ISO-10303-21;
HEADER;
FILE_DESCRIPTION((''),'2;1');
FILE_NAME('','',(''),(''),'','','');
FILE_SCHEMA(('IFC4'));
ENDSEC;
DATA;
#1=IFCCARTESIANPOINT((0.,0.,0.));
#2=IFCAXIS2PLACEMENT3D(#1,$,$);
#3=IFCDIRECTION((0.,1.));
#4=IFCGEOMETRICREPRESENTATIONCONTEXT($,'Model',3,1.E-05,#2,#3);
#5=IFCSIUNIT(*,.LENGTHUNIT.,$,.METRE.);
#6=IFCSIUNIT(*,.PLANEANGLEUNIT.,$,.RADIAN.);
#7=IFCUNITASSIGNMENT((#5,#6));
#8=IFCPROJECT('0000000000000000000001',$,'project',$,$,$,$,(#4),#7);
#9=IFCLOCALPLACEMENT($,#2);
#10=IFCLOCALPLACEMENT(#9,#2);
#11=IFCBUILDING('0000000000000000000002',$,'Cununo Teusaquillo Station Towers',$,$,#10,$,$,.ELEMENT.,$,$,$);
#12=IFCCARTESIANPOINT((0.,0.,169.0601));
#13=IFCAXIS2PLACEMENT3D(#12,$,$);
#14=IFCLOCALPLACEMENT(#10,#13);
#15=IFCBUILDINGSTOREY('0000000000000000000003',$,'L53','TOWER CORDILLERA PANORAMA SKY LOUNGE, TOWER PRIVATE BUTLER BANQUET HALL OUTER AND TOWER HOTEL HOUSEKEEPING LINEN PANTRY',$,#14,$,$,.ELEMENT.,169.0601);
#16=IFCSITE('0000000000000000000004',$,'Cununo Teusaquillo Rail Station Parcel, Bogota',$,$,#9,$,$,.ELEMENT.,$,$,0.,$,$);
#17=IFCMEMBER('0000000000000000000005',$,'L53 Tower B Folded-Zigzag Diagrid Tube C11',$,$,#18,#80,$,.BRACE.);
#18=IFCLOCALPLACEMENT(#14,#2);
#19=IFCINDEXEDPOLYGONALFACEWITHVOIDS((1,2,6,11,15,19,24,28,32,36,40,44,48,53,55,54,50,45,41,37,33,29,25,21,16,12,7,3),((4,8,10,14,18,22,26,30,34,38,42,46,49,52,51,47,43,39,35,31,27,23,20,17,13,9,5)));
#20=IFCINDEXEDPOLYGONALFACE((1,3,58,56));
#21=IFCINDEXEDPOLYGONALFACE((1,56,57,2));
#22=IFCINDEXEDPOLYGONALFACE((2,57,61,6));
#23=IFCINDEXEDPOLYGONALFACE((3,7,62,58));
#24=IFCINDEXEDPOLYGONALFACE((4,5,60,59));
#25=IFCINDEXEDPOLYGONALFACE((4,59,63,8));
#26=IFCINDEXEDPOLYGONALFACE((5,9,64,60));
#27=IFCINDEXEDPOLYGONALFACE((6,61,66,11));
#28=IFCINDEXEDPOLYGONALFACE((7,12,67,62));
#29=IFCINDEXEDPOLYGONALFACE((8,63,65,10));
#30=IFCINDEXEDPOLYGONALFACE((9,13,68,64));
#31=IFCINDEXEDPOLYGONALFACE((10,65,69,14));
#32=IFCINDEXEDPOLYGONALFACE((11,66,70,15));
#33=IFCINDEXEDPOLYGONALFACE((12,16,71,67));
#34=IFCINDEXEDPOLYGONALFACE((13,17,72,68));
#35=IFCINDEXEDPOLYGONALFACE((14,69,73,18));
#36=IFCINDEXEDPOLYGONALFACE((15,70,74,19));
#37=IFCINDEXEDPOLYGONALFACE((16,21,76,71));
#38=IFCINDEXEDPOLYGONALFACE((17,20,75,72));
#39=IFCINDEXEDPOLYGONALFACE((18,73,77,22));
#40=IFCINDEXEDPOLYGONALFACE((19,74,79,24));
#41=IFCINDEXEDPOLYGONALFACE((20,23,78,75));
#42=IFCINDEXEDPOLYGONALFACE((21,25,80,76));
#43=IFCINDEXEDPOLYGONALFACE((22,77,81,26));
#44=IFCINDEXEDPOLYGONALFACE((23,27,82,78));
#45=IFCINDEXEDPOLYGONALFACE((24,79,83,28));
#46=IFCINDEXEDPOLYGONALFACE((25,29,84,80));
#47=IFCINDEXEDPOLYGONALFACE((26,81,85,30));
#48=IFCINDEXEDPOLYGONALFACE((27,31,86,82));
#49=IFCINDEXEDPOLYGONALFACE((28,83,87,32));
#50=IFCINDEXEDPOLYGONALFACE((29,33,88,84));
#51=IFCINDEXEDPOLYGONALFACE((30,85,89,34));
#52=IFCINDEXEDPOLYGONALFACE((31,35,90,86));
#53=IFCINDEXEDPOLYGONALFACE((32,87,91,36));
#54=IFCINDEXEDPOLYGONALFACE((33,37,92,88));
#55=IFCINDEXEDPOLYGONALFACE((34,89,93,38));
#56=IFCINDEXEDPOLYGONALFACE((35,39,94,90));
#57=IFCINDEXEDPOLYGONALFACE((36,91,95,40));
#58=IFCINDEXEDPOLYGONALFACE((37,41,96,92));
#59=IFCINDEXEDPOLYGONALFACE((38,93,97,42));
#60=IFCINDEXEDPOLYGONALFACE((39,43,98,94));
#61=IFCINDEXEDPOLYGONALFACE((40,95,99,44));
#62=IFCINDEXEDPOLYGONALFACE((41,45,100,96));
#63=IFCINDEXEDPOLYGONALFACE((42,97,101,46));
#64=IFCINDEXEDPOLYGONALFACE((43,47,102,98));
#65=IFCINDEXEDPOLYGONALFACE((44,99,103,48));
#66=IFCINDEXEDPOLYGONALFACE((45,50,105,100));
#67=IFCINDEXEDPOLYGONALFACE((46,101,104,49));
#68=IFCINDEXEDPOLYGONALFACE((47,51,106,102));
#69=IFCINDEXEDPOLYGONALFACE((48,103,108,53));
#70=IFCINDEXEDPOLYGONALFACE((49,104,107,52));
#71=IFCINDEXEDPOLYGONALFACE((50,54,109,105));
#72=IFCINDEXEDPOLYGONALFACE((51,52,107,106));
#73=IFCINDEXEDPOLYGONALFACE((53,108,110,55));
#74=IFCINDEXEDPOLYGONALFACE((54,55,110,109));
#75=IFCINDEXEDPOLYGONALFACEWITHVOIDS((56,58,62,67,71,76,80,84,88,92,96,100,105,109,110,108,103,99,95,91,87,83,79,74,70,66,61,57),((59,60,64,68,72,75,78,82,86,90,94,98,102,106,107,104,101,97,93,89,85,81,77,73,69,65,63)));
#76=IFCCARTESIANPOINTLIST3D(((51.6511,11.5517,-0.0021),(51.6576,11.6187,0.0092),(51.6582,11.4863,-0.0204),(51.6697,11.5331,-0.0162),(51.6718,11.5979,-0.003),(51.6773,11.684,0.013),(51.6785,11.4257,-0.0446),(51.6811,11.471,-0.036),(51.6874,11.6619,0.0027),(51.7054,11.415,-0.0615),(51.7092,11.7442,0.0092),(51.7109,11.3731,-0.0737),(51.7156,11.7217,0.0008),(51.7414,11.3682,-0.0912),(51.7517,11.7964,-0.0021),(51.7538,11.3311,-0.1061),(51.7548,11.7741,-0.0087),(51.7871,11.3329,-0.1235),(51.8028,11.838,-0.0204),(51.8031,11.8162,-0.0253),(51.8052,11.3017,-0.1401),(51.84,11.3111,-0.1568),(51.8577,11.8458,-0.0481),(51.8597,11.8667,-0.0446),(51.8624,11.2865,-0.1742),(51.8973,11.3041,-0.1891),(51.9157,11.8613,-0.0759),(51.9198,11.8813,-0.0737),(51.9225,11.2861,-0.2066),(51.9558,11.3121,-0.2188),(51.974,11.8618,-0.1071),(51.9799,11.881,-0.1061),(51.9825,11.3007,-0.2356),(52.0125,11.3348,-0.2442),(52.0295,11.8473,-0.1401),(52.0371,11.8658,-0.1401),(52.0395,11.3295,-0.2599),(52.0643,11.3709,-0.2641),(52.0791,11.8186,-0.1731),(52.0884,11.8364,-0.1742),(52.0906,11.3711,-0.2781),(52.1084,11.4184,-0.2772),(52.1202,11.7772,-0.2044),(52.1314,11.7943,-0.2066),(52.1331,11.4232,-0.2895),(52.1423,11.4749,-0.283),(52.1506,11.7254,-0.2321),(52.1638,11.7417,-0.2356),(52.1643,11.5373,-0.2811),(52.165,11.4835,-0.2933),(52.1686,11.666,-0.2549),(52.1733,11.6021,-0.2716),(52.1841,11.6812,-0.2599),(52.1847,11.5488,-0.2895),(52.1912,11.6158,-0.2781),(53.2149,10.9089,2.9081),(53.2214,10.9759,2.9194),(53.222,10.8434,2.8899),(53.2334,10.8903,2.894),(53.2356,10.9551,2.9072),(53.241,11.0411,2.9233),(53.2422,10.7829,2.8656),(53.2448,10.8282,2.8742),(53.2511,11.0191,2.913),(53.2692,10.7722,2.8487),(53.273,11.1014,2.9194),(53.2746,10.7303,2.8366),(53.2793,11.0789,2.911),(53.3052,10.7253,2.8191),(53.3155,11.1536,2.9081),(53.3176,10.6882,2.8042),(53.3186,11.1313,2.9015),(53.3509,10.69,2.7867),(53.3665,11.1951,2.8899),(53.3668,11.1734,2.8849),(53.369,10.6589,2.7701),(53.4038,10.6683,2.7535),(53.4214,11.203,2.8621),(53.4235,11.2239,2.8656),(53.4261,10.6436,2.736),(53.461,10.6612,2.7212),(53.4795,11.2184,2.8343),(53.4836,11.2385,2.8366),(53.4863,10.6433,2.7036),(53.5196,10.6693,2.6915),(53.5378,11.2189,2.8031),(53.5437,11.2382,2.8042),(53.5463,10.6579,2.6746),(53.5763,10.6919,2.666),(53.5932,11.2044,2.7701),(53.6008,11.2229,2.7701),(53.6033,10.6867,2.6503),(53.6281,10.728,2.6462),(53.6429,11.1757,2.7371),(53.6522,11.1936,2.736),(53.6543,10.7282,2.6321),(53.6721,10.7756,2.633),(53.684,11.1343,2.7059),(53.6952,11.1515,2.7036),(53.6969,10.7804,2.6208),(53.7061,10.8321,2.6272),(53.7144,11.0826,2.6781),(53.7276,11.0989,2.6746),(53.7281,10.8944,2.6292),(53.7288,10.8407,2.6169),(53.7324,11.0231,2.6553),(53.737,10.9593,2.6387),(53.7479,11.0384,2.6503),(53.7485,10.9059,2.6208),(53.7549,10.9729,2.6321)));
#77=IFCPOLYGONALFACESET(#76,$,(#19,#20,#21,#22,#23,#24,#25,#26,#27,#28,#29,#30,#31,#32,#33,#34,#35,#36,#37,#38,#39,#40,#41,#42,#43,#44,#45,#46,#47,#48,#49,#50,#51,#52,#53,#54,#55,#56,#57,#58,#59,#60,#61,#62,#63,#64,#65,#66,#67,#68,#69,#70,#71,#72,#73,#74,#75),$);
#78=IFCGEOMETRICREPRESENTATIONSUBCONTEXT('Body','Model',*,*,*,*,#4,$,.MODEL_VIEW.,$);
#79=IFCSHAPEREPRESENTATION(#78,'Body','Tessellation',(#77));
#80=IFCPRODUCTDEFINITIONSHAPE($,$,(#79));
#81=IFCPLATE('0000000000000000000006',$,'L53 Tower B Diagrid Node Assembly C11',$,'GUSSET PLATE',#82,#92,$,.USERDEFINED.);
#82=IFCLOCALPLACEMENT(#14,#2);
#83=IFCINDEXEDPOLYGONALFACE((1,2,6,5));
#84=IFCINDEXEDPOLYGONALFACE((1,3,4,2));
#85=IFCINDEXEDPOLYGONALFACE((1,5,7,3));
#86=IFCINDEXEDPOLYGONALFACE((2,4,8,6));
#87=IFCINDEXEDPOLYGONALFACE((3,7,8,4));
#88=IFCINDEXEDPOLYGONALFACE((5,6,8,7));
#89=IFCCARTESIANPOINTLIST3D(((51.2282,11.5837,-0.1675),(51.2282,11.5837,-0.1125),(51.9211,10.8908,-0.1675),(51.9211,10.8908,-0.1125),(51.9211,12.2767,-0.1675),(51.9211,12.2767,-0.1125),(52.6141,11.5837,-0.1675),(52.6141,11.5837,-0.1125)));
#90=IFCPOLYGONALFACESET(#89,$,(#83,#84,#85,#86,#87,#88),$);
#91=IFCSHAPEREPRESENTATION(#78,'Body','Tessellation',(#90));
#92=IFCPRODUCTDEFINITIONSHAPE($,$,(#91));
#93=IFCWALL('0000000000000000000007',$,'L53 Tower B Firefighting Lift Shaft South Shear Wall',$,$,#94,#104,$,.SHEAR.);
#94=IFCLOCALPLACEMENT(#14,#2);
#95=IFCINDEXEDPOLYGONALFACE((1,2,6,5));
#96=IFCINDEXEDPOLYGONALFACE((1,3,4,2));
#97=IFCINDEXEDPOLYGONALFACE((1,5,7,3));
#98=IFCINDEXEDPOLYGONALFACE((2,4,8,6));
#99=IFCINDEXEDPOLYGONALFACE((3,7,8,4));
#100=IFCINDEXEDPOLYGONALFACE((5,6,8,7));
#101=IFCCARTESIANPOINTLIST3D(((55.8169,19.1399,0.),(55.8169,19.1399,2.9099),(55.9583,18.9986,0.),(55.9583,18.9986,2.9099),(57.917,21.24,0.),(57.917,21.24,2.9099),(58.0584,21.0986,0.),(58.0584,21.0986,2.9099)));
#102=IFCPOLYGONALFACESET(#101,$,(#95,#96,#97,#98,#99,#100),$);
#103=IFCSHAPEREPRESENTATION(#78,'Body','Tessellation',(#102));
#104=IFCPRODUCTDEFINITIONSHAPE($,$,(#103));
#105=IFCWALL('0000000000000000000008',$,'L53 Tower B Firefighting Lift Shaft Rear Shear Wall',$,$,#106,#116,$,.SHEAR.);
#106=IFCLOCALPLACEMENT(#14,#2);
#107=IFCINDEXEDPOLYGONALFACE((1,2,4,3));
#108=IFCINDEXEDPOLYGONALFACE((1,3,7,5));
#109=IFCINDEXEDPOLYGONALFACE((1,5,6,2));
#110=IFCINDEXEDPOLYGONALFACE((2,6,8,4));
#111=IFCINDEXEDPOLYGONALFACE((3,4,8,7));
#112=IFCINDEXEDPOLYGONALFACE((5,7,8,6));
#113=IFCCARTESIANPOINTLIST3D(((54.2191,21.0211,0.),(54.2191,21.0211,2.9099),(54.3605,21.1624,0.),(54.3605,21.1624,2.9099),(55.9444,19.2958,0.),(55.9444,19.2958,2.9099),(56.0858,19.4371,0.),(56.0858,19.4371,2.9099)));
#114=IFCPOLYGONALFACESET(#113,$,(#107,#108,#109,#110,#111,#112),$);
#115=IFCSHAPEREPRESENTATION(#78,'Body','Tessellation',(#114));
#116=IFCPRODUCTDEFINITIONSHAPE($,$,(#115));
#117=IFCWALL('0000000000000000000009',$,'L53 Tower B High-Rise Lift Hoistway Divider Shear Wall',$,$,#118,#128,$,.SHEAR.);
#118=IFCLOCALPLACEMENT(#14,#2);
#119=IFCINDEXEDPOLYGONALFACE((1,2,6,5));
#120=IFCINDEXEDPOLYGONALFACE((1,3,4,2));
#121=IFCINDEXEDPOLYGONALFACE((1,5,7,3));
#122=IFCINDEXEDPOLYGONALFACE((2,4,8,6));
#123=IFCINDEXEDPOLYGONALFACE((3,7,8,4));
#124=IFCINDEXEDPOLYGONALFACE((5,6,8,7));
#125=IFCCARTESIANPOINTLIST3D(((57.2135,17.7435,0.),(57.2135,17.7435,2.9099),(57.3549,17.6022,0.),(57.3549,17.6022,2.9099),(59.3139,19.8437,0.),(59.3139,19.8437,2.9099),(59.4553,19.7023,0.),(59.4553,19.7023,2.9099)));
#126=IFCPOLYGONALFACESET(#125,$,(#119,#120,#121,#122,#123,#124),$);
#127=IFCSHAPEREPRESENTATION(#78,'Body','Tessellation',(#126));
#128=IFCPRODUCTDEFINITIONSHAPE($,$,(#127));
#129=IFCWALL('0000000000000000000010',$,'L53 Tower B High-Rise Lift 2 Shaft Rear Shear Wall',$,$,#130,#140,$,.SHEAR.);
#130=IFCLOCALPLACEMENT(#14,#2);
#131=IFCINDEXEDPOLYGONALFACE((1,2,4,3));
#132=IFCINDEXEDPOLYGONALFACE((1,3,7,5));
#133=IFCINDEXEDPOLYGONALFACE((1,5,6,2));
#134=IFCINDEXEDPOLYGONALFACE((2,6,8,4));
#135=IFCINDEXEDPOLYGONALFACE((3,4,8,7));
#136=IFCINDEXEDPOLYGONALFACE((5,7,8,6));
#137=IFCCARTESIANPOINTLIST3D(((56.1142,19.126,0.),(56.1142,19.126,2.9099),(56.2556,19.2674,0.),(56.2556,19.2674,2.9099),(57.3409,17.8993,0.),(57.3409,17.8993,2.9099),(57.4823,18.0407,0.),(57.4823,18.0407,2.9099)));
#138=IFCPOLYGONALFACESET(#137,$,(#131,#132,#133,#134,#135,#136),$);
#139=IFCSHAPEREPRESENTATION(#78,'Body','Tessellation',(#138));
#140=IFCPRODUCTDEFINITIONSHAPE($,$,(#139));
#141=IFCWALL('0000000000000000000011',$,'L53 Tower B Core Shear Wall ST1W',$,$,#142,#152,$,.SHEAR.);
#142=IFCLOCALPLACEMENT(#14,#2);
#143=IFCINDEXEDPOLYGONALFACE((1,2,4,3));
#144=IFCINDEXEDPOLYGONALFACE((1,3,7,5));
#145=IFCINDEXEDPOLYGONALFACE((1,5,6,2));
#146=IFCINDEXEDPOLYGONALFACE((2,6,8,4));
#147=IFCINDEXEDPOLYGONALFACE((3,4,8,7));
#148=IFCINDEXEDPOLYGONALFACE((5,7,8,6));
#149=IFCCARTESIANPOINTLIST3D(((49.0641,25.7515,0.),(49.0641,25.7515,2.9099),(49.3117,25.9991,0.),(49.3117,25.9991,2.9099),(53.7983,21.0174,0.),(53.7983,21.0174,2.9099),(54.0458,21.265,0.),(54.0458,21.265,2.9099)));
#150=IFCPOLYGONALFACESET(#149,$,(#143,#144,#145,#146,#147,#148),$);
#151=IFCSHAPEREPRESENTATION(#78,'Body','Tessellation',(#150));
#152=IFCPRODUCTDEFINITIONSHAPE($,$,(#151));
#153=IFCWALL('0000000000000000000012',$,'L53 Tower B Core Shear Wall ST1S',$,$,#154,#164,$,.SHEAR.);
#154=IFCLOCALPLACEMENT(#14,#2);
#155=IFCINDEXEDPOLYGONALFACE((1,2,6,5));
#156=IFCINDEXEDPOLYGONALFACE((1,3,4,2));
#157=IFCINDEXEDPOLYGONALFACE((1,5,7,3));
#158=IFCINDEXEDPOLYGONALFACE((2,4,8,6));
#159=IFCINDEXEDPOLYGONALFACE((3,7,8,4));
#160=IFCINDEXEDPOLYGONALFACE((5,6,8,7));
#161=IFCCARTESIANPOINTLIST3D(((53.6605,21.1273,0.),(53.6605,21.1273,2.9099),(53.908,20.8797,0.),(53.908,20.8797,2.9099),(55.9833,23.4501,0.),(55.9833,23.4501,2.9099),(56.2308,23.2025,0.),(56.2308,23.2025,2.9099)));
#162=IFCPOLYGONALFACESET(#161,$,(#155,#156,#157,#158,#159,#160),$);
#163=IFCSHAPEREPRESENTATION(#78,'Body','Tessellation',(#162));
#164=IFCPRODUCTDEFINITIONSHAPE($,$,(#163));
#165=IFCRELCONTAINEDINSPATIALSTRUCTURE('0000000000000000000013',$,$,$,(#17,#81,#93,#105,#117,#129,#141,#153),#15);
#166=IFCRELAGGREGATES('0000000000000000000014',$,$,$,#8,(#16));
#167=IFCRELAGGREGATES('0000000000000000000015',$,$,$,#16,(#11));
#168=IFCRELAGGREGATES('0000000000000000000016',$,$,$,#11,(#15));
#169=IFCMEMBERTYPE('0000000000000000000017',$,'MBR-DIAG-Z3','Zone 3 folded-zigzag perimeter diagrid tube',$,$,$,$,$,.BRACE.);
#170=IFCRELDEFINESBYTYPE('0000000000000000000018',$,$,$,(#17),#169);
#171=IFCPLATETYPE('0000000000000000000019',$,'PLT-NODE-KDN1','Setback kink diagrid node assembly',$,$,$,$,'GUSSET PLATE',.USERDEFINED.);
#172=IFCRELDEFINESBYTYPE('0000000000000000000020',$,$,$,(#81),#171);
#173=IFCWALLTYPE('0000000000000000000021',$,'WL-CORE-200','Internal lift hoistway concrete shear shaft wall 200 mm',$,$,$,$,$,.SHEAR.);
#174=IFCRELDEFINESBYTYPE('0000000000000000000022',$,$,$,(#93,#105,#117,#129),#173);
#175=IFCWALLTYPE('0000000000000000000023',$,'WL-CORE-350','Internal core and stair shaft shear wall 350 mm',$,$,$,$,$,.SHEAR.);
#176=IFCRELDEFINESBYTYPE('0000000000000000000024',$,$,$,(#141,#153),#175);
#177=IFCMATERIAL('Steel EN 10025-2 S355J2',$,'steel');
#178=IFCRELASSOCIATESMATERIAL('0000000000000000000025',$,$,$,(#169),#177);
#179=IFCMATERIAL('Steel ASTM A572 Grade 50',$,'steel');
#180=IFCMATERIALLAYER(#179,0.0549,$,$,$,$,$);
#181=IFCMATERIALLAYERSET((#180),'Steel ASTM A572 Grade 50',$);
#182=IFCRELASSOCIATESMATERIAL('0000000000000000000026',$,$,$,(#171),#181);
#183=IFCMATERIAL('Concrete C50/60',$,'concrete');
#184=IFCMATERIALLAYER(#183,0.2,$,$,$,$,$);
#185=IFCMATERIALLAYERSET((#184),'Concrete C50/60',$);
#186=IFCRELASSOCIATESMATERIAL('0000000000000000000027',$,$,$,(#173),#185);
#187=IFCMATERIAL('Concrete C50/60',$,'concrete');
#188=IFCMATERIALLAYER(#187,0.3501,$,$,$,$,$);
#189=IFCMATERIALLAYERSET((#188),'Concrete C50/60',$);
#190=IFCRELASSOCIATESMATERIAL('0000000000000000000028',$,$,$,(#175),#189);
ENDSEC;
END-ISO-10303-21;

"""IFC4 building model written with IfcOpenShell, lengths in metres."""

from ifc_helpers import new_model, si_unit, direction, frame, frame_2d, origin, origin_2d, place, context, subcontext, project, spatial, rectangle, hollow_circle, extrude, source, transform, mapped, material, layer, layer_set, material_profile, profile_set, type_object, element, save


model = new_model("IFC4")

# Units and contexts
model_context = context("Model", 3, precision=1e-05, world=origin(), true_north=direction((0.0, 1.0)))
body_context = subcontext(model_context, "Body", "Model", "MODEL_VIEW")
ifc_project = project(units=[si_unit("LENGTHUNIT", "METRE"), si_unit("PLANEANGLEUNIT", "RADIAN")], contexts=[model_context])

# Site, building, storey
site_placement = place(None, origin())
site = spatial("IfcSite", under=ifc_project, at=site_placement, Name="Cununo Teusaquillo Rail Station Parcel, Bogota", CompositionType="ELEMENT", RefElevation=0.0)
building_placement = place(site_placement, origin())
building = spatial("IfcBuilding", under=site, at=building_placement, Name="Cununo Teusaquillo Station Towers", CompositionType="ELEMENT")
storey_placement = place(building_placement, frame((0.0, 0.0, 169.0601)))
storey = spatial("IfcBuildingStorey", under=building, at=storey_placement, Name="L53", Description="TOWER CORDILLERA PANORAMA SKY LOUNGE, TOWER PRIVATE BUTLER BANQUET HALL OUTER AND TOWER HOTEL HOUSEKEEPING LINEN PANTRY", CompositionType="ELEMENT", Elevation=169.0601)

# Member
ifc_material_1 = material(Name="Steel EN 10025-2 S355J2", Category="steel")
ifc_material_profile_1 = material_profile(ifc_material_1, hollow_circle(Radius=0.3049, WallThickness=0.02, at=origin_2d()), Name="CHS 610x20")
ifc_profile_set_1 = profile_set([ifc_material_profile_1], Name="Steel EN 10025-2 S355J2")
member_type = type_object("IfcMemberType", Name="MBR-DIAG-Z3", Description="Zone 3 folded-zigzag perimeter diagrid tube", PredefinedType="BRACE", material=ifc_profile_set_1)
member_placement = place(storey_placement, frame((51.9211, 11.5837, -0.1401), z_axis=(0.464615, -0.190996, 0.86467), x_axis=(0.380212, 0.924899, 0.0)))
element("IfcMember", 1, at=member_placement, inside=storey, type_object=member_type, Name="L53 Tower B Folded-Zigzag Diagrid Tube C11", PredefinedType="BRACE", context=body_context, shape_type="SweptSolid", body=[
    extrude(hollow_circle(Radius=0.3049, WallThickness=0.02, at=origin_2d()), origin(), (0.0, 0.0, 1.0), 3.3657),
])

# Plate
ifc_material_2 = material(Name="Steel ASTM A572 Grade 50", Category="steel")
ifc_layer_1 = layer(ifc_material_2, 0.0549)
ifc_layer_set_1 = layer_set([ifc_layer_1], Name="Steel ASTM A572 Grade 50")
plate_type = type_object("IfcPlateType", Name="PLT-NODE-KDN1", Description="Setback kink diagrid node assembly", ElementType="GUSSET PLATE", PredefinedType="USERDEFINED", material=ifc_layer_set_1)
shared_shape_1 = source(origin(), body_context, "Body", "SweptSolid", [
    extrude(rectangle(XDim=0.98, YDim=0.98, at=origin_2d()), origin(), (0.0, 0.0, 1.0), 0.0549),
])
plate_placement = place(storey_placement, frame((51.9211, 11.5837, -0.1675), z_axis=(0.0, 0.0, 1.0), x_axis=(0.707107, 0.707107, 0.0)))
element("IfcPlate", 2, at=plate_placement, inside=storey, type_object=plate_type, Name="L53 Tower B Diagrid Node Assembly C11", ObjectType="GUSSET PLATE", PredefinedType="USERDEFINED", context=body_context, shape_type="MappedRepresentation", body=[
    mapped(shared_shape_1, transform((0.0, 0.0, 0.0), x_axis=(1.0, 0.0, 0.0), y_axis=(0.0, 1.0, 0.0), z_axis=(0.0, 0.0, 1.0), scale=1.0)),
])

# Walls
ifc_material_3 = material(Name="Concrete C50/60", Category="concrete")
ifc_layer_2 = layer(ifc_material_3, 0.2)
ifc_layer_set_2 = layer_set([ifc_layer_2], Name="Concrete C50/60")
wall_type_1 = type_object("IfcWallType", Name="WL-CORE-200", Description="Internal lift hoistway concrete shear shaft wall 200 mm", PredefinedType="SHEAR", material=ifc_layer_set_2)
wall_1_placement = place(storey_placement, frame((55.8877, 19.0693, 0.0), z_axis=(0.0, 0.0, 1.0), x_axis=(0.707107, 0.707107, 0.0)))
element("IfcWall", 3, at=wall_1_placement, inside=storey, type_object=wall_type_1, Name="L53 Tower B Firefighting Lift Shaft South Shear Wall", PredefinedType="SHEAR", context=body_context, shape_type="SweptSolid", body=[
    extrude(rectangle(XDim=2.97, YDim=0.2, at=frame_2d((1.4849, 0.0))), origin(), (0.0, 0.0, 1.0), 2.9099),
])
wall_2_placement = place(storey_placement, frame((56.0151, 19.3665, 0.0), z_axis=(0.0, 0.0, 1.0), x_axis=(-0.707107, 0.707107, 0.0)))
element("IfcWall", 4, at=wall_2_placement, inside=storey, type_object=wall_type_1, Name="L53 Tower B Firefighting Lift Shaft Rear Shear Wall", PredefinedType="SHEAR", context=body_context, shape_type="SweptSolid", body=[
    extrude(rectangle(XDim=2.4399, YDim=0.2, at=frame_2d((1.22, 0.0))), origin(), (0.0, 0.0, 1.0), 2.9099),
])
wall_3_placement = place(storey_placement, frame((57.2842, 17.6729, 0.0), z_axis=(0.0, 0.0, 1.0), x_axis=(0.707148, 0.707066, 0.0)))
element("IfcWall", 5, at=wall_3_placement, inside=storey, type_object=wall_type_1, Name="L53 Tower B High-Rise Lift Hoistway Divider Shear Wall", PredefinedType="SHEAR", context=body_context, shape_type="SweptSolid", body=[
    extrude(rectangle(XDim=2.9702, YDim=0.2, at=frame_2d((1.4851, 0.0))), origin(), (0.0, 0.0, 1.0), 2.9099),
])
wall_4_placement = place(storey_placement, frame((57.4116, 17.97, 0.0), z_axis=(0.0, 0.0, 1.0), x_axis=(-0.707107, 0.707107, 0.0)))
element("IfcWall", 6, at=wall_4_placement, inside=storey, type_object=wall_type_1, Name="L53 Tower B High-Rise Lift 2 Shaft Rear Shear Wall", PredefinedType="SHEAR", context=body_context, shape_type="SweptSolid", body=[
    extrude(rectangle(XDim=1.7349, YDim=0.2, at=frame_2d((0.8674, 0.0))), origin(), (0.0, 0.0, 1.0), 2.9099),
])
ifc_material_4 = material(Name="Concrete C50/60", Category="concrete")
ifc_layer_3 = layer(ifc_material_4, 0.3501)
ifc_layer_set_3 = layer_set([ifc_layer_3], Name="Concrete C50/60")
wall_type_2 = type_object("IfcWallType", Name="WL-CORE-350", Description="Internal core and stair shaft shear wall 350 mm", PredefinedType="SHEAR", material=ifc_layer_set_3)
wall_5_placement = place(storey_placement, frame((53.9221, 21.1411, 0.0), z_axis=(0.0, 0.0, 1.0), x_axis=(-0.707107, 0.707107, 0.0)))
element("IfcWall", 7, at=wall_5_placement, inside=storey, type_object=wall_type_2, Name="L53 Tower B Core Shear Wall ST1W", PredefinedType="SHEAR", context=body_context, shape_type="SweptSolid", body=[
    extrude(rectangle(XDim=6.6951, YDim=0.3501, at=frame_2d((3.3477, 0.0))), origin(), (0.0, 0.0, 1.0), 2.9099),
])
wall_6_placement = place(storey_placement, frame((53.7842, 21.0034, 0.0), z_axis=(0.0, 0.0, 1.0), x_axis=(0.707107, 0.707107, 0.0)))
element("IfcWall", 8, at=wall_6_placement, inside=storey, type_object=wall_type_2, Name="L53 Tower B Core Shear Wall ST1S", PredefinedType="SHEAR", context=body_context, shape_type="SweptSolid", body=[
    extrude(rectangle(XDim=3.2849, YDim=0.3501, at=frame_2d((1.6426, 0.0))), origin(), (0.0, 0.0, 1.0), 2.9099),
])

save(model, "model.ifc")
